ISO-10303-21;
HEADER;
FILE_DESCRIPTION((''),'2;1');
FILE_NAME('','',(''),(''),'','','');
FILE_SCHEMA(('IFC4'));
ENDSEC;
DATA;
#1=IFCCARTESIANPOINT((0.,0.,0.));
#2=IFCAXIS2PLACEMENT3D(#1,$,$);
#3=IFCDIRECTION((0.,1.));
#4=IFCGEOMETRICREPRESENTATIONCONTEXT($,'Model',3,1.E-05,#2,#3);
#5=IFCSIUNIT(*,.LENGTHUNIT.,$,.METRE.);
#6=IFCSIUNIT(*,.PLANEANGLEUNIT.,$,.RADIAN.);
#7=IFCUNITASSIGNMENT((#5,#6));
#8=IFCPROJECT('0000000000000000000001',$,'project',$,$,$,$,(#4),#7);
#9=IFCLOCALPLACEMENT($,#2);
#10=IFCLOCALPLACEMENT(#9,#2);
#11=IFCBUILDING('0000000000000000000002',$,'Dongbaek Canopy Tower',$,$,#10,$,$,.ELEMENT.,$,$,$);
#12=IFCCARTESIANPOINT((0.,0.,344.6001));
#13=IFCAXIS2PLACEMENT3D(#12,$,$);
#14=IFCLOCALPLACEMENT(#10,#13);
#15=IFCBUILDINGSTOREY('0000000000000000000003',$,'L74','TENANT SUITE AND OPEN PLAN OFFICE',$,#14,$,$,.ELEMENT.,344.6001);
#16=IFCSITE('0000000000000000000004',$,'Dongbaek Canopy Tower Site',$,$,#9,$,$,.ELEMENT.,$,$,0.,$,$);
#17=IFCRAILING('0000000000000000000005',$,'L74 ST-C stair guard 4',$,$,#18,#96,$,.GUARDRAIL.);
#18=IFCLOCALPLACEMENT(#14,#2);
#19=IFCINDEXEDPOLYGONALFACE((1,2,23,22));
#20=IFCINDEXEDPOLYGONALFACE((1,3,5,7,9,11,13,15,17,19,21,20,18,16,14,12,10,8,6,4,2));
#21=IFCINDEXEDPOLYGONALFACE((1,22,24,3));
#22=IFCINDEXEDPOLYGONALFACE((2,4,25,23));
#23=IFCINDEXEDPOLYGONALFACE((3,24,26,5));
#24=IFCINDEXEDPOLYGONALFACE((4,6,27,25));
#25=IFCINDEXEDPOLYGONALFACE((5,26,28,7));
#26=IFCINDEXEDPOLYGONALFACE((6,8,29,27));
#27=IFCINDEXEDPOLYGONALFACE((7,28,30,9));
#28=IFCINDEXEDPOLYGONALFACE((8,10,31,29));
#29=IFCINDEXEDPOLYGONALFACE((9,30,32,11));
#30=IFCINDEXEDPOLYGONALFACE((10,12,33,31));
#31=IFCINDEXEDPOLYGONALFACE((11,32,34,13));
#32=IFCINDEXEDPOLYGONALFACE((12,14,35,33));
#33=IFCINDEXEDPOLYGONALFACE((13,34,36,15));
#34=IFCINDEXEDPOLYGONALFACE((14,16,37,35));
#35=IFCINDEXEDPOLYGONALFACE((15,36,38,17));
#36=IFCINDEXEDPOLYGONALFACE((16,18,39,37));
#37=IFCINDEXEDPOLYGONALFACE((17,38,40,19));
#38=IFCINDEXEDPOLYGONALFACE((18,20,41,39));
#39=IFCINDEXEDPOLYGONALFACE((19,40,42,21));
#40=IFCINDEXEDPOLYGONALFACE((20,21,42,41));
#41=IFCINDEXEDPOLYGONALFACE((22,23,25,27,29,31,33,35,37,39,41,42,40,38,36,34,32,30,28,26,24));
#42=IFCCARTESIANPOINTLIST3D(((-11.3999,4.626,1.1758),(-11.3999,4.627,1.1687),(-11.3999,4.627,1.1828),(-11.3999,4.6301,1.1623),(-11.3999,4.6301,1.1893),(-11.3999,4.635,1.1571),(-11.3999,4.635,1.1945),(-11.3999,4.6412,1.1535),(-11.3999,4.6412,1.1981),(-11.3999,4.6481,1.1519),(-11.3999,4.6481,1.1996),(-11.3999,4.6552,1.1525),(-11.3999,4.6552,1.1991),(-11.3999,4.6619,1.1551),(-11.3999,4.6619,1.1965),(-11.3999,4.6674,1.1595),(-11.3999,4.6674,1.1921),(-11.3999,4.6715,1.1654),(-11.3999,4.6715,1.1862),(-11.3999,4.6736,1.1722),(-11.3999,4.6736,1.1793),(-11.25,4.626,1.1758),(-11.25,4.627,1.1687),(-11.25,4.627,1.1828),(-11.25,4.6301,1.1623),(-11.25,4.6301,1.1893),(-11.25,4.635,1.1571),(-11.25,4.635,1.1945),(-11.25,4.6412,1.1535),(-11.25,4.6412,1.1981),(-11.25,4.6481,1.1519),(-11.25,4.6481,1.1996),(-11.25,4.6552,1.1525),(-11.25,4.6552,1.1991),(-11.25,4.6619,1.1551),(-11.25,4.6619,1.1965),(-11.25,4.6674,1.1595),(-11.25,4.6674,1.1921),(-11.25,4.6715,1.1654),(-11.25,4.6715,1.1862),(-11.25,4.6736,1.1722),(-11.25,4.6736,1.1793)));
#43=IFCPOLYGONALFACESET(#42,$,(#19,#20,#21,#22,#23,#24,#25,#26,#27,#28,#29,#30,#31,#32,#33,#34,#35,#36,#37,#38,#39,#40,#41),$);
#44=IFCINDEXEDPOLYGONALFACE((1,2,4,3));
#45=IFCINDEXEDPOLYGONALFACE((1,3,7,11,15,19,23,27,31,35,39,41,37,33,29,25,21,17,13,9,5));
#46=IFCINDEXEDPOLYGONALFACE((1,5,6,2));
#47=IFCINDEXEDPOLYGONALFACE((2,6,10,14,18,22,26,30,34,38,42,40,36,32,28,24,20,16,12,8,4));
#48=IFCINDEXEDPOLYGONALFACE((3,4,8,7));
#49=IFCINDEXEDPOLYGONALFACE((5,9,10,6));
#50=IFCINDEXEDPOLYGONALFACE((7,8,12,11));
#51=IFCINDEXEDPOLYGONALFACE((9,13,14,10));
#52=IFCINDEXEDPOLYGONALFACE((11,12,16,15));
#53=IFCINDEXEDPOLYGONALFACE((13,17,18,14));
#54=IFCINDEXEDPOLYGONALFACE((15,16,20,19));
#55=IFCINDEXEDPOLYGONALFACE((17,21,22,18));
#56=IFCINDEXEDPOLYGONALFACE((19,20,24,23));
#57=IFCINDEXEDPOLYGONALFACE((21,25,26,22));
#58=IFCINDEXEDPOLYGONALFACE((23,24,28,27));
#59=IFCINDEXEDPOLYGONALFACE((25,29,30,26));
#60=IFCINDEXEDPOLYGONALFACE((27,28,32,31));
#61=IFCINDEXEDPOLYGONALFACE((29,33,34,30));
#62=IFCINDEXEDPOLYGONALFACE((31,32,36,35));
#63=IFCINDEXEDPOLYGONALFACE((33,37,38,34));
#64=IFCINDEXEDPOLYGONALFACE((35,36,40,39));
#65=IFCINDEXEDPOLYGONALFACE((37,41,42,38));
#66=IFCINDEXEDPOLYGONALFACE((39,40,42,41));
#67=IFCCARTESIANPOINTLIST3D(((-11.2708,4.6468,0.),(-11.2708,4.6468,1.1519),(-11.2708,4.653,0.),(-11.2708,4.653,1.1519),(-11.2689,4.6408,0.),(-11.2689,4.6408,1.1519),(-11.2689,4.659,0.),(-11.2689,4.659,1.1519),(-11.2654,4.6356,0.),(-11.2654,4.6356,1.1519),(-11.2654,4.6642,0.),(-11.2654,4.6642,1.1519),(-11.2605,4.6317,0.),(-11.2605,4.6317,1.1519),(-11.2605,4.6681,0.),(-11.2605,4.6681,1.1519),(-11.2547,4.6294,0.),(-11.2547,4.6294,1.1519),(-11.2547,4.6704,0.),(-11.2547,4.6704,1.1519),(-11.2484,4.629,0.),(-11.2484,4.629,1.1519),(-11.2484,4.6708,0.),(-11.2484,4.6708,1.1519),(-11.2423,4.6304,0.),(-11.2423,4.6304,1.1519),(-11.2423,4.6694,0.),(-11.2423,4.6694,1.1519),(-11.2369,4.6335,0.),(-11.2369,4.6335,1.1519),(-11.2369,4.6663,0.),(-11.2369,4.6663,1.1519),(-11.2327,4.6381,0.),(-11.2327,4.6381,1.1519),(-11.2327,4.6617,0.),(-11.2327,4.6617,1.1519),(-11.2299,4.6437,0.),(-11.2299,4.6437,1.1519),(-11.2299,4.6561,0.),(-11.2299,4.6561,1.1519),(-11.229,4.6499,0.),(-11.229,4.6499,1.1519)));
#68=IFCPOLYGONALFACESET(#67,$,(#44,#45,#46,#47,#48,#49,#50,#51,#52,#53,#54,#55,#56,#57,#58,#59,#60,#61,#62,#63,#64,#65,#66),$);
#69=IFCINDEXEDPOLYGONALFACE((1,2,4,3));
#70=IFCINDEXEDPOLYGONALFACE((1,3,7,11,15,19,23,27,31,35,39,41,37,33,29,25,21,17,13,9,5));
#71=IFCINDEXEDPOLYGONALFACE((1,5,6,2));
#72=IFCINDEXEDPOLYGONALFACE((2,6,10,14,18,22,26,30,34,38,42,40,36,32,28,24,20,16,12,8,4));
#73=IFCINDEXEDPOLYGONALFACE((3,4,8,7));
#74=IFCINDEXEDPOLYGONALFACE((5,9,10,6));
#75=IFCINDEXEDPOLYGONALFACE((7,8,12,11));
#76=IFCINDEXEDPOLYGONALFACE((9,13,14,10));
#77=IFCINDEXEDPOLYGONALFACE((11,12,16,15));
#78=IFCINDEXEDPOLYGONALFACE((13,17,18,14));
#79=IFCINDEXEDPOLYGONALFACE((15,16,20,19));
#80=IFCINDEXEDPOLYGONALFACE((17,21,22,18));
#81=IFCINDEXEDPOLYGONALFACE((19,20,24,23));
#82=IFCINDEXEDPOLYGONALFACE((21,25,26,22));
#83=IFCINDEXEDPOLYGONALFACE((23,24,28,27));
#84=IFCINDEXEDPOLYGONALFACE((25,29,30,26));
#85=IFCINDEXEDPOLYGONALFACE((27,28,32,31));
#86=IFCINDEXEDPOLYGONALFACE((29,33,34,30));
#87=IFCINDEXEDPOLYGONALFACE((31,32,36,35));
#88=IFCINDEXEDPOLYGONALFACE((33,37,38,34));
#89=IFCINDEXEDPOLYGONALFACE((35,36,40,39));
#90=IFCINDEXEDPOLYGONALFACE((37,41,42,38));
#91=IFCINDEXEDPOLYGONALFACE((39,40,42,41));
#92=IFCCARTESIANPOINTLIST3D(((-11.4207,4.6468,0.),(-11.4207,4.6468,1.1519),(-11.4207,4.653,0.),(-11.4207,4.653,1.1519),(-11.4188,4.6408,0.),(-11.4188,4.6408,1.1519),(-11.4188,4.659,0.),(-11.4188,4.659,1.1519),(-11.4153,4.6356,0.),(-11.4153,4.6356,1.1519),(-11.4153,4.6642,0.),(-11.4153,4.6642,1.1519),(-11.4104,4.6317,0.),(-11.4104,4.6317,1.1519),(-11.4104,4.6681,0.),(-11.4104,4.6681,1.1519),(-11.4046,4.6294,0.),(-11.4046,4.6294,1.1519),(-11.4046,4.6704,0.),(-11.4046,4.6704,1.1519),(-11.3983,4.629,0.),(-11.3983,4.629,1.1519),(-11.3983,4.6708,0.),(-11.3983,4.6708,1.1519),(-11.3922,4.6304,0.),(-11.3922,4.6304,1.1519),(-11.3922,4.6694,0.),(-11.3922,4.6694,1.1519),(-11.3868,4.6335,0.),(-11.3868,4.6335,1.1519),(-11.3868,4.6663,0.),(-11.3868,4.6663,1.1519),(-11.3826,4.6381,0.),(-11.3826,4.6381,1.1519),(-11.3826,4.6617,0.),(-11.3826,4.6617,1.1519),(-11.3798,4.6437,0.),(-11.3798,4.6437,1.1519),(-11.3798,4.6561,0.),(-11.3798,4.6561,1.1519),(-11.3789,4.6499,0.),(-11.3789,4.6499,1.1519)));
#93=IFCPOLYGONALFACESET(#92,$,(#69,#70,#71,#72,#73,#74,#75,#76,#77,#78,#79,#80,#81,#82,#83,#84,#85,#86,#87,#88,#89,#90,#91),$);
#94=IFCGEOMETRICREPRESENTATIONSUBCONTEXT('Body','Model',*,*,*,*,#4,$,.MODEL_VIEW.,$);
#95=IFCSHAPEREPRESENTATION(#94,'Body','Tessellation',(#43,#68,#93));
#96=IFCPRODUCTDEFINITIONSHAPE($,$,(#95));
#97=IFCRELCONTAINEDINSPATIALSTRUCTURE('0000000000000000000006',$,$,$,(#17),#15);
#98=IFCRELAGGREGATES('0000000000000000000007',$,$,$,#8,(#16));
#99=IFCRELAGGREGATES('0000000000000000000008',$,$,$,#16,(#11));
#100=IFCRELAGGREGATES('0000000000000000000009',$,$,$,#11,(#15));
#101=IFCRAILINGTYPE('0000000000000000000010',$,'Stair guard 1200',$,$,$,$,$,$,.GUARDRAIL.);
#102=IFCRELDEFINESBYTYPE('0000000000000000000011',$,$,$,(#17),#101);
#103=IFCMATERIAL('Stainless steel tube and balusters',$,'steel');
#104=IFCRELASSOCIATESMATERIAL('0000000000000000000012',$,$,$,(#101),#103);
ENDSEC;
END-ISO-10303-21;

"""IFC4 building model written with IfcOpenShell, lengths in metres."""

from ifc_helpers import new_model, si_unit, direction, frame, origin, origin_2d, place, context, subcontext, project, spatial, circle, extrude, material, type_object, element, save


model = new_model("IFC4")

# Units and contexts
model_context = context("Model", 3, precision=1e-05, world=origin(), true_north=direction((0.0, 1.0)))
body_context = subcontext(model_context, "Body", "Model", "MODEL_VIEW")
ifc_project = project(units=[si_unit("LENGTHUNIT", "METRE"), si_unit("PLANEANGLEUNIT", "RADIAN")], contexts=[model_context])

# Site, building, storey
site_placement = place(None, origin())
site = spatial("IfcSite", under=ifc_project, at=site_placement, Name="Dongbaek Canopy Tower Site", CompositionType="ELEMENT", RefElevation=0.0)
building_placement = place(site_placement, origin())
building = spatial("IfcBuilding", under=site, at=building_placement, Name="Dongbaek Canopy Tower", CompositionType="ELEMENT")
storey_placement = place(building_placement, frame((0.0, 0.0, 344.6001)))
storey = spatial("IfcBuildingStorey", under=building, at=storey_placement, Name="L74", Description="TENANT SUITE AND OPEN PLAN OFFICE", CompositionType="ELEMENT", Elevation=344.6001)

# Railing
ifc_material_1 = material(Name="Stainless steel tube and balusters", Category="steel")
railing_type_1 = type_object("IfcRailingType", Name="Stair guard 1200", PredefinedType="GUARDRAIL", material=ifc_material_1)
railing_1_placement = place(storey_placement, frame((-11.25, 4.6499, 0.0)))
element("IfcRailing", 1, at=railing_1_placement, inside=storey, type_object=railing_type_1, Name="L74 ST-C stair guard 4", PredefinedType="GUARDRAIL", context=body_context, shape_type="SweptSolid", body=[
    extrude(circle(Radius=0.0239, at=origin_2d()), frame((0.0, 0.0, 1.1758), z_axis=(-1.0, 0.0, 0.0), x_axis=(0.0, -1.0, 0.0)), (0.0, 0.0, 1.0), 0.1499),
    extrude(circle(Radius=0.021, at=origin_2d()), origin(), (0.0, 0.0, 1.0), 1.1519),
    extrude(circle(Radius=0.021, at=origin_2d()), frame((-0.1499, 0.0, 0.0)), (0.0, 0.0, 1.0), 1.1519),
])

save(model, "model.ifc")
